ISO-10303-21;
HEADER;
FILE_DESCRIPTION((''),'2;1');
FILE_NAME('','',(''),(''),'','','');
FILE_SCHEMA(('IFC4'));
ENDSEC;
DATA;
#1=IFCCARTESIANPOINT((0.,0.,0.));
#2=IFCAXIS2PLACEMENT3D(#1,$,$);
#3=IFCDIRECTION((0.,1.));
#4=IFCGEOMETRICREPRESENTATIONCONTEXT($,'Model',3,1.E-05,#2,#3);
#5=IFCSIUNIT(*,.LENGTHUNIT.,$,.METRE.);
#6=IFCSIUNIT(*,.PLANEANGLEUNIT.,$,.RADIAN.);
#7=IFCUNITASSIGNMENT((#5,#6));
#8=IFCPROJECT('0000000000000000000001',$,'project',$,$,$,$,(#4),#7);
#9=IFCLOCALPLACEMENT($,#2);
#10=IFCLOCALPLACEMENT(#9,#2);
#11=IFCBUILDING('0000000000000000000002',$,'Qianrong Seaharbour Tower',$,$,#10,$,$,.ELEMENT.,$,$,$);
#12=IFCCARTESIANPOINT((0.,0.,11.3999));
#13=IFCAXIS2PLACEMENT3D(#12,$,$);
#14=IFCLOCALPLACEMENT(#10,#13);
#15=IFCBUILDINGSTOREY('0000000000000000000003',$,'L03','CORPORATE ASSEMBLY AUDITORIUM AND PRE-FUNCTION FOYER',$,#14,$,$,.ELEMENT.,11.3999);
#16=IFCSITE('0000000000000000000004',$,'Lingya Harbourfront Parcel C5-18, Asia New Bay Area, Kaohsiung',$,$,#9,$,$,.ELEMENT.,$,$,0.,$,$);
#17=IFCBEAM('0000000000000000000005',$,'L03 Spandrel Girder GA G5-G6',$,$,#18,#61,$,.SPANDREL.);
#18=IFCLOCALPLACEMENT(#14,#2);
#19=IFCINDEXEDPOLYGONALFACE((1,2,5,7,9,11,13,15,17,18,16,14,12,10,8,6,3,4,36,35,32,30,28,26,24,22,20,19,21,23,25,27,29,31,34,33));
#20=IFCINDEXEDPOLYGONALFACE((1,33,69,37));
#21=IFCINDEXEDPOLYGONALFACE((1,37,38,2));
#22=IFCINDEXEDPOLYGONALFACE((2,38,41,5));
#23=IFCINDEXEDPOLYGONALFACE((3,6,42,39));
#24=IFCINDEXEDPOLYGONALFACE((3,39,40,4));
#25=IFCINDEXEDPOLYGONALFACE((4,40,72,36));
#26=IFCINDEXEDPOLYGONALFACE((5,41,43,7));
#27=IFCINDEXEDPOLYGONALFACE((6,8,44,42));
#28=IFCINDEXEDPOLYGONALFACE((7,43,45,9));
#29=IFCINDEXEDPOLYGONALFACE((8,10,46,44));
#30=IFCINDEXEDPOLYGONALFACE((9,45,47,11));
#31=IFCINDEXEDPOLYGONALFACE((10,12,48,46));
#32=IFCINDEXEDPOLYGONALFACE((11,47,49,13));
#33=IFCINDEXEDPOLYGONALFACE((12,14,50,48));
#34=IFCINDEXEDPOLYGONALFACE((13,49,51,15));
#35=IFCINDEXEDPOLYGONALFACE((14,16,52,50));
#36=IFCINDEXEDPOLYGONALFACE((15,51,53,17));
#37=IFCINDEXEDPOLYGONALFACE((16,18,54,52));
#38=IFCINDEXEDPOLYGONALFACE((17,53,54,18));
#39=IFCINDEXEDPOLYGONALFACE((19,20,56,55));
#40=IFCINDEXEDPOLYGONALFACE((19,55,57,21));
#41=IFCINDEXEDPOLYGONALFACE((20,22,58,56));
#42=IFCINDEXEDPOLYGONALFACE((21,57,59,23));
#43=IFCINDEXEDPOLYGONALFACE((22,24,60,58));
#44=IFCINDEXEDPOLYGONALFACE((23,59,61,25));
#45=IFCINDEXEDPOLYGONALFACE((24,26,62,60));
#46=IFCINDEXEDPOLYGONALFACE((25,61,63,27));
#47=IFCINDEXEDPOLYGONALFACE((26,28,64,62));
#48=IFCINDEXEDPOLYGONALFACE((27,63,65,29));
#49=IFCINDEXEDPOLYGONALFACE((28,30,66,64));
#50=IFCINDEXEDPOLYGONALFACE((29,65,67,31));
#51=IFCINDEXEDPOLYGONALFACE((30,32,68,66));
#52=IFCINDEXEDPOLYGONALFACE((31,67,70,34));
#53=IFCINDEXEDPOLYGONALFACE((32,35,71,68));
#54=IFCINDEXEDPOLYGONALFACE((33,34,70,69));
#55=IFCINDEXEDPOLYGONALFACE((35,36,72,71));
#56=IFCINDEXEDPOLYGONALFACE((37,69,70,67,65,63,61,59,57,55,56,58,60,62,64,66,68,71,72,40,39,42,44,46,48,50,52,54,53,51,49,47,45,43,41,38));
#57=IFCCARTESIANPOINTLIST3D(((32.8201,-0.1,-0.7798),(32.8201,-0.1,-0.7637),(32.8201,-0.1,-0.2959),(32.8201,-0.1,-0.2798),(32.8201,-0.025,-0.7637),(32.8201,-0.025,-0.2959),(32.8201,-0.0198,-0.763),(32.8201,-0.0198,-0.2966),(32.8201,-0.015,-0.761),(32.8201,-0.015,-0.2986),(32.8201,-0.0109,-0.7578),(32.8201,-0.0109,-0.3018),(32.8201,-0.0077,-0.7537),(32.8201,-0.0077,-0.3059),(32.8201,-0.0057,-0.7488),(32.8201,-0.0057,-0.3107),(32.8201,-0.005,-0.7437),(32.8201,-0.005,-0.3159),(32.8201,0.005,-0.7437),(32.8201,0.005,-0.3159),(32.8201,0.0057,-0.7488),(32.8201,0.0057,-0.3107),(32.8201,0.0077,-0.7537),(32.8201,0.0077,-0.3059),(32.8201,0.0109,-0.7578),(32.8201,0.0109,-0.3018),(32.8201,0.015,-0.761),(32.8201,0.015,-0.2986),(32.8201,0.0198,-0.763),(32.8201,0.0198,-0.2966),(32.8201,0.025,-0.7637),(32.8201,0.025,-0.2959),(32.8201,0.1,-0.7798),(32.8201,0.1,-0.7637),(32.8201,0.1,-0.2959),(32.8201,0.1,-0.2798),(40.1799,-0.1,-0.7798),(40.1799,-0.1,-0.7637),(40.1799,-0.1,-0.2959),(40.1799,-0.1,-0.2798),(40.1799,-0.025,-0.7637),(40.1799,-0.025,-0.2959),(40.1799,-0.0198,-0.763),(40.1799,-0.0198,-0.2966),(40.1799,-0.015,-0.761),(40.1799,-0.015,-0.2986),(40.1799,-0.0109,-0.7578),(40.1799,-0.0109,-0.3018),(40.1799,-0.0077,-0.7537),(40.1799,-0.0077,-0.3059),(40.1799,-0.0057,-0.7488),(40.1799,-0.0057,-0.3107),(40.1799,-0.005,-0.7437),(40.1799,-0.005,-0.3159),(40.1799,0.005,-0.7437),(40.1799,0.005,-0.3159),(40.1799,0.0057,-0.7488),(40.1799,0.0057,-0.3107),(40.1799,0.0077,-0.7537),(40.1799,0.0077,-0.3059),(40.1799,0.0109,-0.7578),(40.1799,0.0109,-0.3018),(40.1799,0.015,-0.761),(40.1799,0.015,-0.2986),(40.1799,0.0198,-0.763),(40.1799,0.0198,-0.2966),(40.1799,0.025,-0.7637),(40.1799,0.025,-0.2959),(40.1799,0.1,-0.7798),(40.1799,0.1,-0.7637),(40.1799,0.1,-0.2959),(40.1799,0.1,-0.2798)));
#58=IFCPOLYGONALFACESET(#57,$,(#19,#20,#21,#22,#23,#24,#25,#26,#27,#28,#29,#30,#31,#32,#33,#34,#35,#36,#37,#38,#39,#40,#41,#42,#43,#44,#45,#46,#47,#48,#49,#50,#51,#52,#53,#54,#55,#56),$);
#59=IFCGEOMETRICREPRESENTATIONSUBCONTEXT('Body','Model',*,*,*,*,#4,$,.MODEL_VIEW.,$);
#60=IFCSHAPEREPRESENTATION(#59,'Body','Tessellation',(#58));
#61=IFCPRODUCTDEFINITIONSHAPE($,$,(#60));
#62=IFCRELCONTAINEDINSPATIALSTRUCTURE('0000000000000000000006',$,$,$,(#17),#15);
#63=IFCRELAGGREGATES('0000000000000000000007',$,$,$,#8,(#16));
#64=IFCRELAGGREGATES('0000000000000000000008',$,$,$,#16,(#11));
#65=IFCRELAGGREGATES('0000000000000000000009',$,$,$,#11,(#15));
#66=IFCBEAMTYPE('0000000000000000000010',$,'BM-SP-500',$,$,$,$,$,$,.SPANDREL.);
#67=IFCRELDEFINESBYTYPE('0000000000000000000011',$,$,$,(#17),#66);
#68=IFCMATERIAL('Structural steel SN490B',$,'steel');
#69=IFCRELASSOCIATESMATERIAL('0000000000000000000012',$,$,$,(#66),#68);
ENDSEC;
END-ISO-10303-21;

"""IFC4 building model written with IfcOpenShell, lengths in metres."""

from ifc_helpers import new_model, si_unit, direction, frame, origin, origin_2d, place, context, subcontext, project, spatial, i_section, extrude, material, material_profile, profile_set, type_object, element, save


model = new_model("IFC4")

# Units and contexts
model_context = context("Model", 3, precision=1e-05, world=origin(), true_north=direction((0.0, 1.0)))
body_context = subcontext(model_context, "Body", "Model", "MODEL_VIEW")
ifc_project = project(units=[si_unit("LENGTHUNIT", "METRE"), si_unit("PLANEANGLEUNIT", "RADIAN")], contexts=[model_context])

# Site, building, storey
site_placement = place(None, origin())
site = spatial("IfcSite", under=ifc_project, at=site_placement, Name="Lingya Harbourfront Parcel C5-18, Asia New Bay Area, Kaohsiung", CompositionType="ELEMENT", RefElevation=0.0)
building_placement = place(site_placement, origin())
building = spatial("IfcBuilding", under=site, at=building_placement, Name="Qianrong Seaharbour Tower", CompositionType="ELEMENT")
storey_placement = place(building_placement, frame((0.0, 0.0, 11.3999)))
storey = spatial("IfcBuildingStorey", under=building, at=storey_placement, Name="L03", Description="CORPORATE ASSEMBLY AUDITORIUM AND PRE-FUNCTION FOYER", CompositionType="ELEMENT", Elevation=11.3999)

# Beam
ifc_material_1 = material(Name="Structural steel SN490B", Category="steel")
ifc_material_profile_1 = material_profile(ifc_material_1, i_section(OverallWidth=0.2, OverallDepth=0.5, WebThickness=0.01, FlangeThickness=0.0161, FilletRadius=0.02, at=origin_2d()), Name="H500x200x10x16")
ifc_profile_set_1 = profile_set([ifc_material_profile_1], Name="Structural steel SN490B")
beam_type_1 = type_object("IfcBeamType", Name="BM-SP-500", PredefinedType="SPANDREL", material=ifc_profile_set_1)
beam_1_placement = place(storey_placement, frame((32.8201, 0.0, -0.5298), z_axis=(1.0, 0.0, 0.0), x_axis=(0.0, 1.0, 0.0)))
element("IfcBeam", 1, at=beam_1_placement, inside=storey, type_object=beam_type_1, Name="L03 Spandrel Girder GA G5-G6", PredefinedType="SPANDREL", context=body_context, shape_type="SweptSolid", body=[
    extrude(i_section(OverallWidth=0.2, OverallDepth=0.5, WebThickness=0.01, FlangeThickness=0.0161, FilletRadius=0.02, at=origin_2d()), origin(), (0.0, 0.0, 1.0), 7.3599),
])

save(model, "model.ifc")
